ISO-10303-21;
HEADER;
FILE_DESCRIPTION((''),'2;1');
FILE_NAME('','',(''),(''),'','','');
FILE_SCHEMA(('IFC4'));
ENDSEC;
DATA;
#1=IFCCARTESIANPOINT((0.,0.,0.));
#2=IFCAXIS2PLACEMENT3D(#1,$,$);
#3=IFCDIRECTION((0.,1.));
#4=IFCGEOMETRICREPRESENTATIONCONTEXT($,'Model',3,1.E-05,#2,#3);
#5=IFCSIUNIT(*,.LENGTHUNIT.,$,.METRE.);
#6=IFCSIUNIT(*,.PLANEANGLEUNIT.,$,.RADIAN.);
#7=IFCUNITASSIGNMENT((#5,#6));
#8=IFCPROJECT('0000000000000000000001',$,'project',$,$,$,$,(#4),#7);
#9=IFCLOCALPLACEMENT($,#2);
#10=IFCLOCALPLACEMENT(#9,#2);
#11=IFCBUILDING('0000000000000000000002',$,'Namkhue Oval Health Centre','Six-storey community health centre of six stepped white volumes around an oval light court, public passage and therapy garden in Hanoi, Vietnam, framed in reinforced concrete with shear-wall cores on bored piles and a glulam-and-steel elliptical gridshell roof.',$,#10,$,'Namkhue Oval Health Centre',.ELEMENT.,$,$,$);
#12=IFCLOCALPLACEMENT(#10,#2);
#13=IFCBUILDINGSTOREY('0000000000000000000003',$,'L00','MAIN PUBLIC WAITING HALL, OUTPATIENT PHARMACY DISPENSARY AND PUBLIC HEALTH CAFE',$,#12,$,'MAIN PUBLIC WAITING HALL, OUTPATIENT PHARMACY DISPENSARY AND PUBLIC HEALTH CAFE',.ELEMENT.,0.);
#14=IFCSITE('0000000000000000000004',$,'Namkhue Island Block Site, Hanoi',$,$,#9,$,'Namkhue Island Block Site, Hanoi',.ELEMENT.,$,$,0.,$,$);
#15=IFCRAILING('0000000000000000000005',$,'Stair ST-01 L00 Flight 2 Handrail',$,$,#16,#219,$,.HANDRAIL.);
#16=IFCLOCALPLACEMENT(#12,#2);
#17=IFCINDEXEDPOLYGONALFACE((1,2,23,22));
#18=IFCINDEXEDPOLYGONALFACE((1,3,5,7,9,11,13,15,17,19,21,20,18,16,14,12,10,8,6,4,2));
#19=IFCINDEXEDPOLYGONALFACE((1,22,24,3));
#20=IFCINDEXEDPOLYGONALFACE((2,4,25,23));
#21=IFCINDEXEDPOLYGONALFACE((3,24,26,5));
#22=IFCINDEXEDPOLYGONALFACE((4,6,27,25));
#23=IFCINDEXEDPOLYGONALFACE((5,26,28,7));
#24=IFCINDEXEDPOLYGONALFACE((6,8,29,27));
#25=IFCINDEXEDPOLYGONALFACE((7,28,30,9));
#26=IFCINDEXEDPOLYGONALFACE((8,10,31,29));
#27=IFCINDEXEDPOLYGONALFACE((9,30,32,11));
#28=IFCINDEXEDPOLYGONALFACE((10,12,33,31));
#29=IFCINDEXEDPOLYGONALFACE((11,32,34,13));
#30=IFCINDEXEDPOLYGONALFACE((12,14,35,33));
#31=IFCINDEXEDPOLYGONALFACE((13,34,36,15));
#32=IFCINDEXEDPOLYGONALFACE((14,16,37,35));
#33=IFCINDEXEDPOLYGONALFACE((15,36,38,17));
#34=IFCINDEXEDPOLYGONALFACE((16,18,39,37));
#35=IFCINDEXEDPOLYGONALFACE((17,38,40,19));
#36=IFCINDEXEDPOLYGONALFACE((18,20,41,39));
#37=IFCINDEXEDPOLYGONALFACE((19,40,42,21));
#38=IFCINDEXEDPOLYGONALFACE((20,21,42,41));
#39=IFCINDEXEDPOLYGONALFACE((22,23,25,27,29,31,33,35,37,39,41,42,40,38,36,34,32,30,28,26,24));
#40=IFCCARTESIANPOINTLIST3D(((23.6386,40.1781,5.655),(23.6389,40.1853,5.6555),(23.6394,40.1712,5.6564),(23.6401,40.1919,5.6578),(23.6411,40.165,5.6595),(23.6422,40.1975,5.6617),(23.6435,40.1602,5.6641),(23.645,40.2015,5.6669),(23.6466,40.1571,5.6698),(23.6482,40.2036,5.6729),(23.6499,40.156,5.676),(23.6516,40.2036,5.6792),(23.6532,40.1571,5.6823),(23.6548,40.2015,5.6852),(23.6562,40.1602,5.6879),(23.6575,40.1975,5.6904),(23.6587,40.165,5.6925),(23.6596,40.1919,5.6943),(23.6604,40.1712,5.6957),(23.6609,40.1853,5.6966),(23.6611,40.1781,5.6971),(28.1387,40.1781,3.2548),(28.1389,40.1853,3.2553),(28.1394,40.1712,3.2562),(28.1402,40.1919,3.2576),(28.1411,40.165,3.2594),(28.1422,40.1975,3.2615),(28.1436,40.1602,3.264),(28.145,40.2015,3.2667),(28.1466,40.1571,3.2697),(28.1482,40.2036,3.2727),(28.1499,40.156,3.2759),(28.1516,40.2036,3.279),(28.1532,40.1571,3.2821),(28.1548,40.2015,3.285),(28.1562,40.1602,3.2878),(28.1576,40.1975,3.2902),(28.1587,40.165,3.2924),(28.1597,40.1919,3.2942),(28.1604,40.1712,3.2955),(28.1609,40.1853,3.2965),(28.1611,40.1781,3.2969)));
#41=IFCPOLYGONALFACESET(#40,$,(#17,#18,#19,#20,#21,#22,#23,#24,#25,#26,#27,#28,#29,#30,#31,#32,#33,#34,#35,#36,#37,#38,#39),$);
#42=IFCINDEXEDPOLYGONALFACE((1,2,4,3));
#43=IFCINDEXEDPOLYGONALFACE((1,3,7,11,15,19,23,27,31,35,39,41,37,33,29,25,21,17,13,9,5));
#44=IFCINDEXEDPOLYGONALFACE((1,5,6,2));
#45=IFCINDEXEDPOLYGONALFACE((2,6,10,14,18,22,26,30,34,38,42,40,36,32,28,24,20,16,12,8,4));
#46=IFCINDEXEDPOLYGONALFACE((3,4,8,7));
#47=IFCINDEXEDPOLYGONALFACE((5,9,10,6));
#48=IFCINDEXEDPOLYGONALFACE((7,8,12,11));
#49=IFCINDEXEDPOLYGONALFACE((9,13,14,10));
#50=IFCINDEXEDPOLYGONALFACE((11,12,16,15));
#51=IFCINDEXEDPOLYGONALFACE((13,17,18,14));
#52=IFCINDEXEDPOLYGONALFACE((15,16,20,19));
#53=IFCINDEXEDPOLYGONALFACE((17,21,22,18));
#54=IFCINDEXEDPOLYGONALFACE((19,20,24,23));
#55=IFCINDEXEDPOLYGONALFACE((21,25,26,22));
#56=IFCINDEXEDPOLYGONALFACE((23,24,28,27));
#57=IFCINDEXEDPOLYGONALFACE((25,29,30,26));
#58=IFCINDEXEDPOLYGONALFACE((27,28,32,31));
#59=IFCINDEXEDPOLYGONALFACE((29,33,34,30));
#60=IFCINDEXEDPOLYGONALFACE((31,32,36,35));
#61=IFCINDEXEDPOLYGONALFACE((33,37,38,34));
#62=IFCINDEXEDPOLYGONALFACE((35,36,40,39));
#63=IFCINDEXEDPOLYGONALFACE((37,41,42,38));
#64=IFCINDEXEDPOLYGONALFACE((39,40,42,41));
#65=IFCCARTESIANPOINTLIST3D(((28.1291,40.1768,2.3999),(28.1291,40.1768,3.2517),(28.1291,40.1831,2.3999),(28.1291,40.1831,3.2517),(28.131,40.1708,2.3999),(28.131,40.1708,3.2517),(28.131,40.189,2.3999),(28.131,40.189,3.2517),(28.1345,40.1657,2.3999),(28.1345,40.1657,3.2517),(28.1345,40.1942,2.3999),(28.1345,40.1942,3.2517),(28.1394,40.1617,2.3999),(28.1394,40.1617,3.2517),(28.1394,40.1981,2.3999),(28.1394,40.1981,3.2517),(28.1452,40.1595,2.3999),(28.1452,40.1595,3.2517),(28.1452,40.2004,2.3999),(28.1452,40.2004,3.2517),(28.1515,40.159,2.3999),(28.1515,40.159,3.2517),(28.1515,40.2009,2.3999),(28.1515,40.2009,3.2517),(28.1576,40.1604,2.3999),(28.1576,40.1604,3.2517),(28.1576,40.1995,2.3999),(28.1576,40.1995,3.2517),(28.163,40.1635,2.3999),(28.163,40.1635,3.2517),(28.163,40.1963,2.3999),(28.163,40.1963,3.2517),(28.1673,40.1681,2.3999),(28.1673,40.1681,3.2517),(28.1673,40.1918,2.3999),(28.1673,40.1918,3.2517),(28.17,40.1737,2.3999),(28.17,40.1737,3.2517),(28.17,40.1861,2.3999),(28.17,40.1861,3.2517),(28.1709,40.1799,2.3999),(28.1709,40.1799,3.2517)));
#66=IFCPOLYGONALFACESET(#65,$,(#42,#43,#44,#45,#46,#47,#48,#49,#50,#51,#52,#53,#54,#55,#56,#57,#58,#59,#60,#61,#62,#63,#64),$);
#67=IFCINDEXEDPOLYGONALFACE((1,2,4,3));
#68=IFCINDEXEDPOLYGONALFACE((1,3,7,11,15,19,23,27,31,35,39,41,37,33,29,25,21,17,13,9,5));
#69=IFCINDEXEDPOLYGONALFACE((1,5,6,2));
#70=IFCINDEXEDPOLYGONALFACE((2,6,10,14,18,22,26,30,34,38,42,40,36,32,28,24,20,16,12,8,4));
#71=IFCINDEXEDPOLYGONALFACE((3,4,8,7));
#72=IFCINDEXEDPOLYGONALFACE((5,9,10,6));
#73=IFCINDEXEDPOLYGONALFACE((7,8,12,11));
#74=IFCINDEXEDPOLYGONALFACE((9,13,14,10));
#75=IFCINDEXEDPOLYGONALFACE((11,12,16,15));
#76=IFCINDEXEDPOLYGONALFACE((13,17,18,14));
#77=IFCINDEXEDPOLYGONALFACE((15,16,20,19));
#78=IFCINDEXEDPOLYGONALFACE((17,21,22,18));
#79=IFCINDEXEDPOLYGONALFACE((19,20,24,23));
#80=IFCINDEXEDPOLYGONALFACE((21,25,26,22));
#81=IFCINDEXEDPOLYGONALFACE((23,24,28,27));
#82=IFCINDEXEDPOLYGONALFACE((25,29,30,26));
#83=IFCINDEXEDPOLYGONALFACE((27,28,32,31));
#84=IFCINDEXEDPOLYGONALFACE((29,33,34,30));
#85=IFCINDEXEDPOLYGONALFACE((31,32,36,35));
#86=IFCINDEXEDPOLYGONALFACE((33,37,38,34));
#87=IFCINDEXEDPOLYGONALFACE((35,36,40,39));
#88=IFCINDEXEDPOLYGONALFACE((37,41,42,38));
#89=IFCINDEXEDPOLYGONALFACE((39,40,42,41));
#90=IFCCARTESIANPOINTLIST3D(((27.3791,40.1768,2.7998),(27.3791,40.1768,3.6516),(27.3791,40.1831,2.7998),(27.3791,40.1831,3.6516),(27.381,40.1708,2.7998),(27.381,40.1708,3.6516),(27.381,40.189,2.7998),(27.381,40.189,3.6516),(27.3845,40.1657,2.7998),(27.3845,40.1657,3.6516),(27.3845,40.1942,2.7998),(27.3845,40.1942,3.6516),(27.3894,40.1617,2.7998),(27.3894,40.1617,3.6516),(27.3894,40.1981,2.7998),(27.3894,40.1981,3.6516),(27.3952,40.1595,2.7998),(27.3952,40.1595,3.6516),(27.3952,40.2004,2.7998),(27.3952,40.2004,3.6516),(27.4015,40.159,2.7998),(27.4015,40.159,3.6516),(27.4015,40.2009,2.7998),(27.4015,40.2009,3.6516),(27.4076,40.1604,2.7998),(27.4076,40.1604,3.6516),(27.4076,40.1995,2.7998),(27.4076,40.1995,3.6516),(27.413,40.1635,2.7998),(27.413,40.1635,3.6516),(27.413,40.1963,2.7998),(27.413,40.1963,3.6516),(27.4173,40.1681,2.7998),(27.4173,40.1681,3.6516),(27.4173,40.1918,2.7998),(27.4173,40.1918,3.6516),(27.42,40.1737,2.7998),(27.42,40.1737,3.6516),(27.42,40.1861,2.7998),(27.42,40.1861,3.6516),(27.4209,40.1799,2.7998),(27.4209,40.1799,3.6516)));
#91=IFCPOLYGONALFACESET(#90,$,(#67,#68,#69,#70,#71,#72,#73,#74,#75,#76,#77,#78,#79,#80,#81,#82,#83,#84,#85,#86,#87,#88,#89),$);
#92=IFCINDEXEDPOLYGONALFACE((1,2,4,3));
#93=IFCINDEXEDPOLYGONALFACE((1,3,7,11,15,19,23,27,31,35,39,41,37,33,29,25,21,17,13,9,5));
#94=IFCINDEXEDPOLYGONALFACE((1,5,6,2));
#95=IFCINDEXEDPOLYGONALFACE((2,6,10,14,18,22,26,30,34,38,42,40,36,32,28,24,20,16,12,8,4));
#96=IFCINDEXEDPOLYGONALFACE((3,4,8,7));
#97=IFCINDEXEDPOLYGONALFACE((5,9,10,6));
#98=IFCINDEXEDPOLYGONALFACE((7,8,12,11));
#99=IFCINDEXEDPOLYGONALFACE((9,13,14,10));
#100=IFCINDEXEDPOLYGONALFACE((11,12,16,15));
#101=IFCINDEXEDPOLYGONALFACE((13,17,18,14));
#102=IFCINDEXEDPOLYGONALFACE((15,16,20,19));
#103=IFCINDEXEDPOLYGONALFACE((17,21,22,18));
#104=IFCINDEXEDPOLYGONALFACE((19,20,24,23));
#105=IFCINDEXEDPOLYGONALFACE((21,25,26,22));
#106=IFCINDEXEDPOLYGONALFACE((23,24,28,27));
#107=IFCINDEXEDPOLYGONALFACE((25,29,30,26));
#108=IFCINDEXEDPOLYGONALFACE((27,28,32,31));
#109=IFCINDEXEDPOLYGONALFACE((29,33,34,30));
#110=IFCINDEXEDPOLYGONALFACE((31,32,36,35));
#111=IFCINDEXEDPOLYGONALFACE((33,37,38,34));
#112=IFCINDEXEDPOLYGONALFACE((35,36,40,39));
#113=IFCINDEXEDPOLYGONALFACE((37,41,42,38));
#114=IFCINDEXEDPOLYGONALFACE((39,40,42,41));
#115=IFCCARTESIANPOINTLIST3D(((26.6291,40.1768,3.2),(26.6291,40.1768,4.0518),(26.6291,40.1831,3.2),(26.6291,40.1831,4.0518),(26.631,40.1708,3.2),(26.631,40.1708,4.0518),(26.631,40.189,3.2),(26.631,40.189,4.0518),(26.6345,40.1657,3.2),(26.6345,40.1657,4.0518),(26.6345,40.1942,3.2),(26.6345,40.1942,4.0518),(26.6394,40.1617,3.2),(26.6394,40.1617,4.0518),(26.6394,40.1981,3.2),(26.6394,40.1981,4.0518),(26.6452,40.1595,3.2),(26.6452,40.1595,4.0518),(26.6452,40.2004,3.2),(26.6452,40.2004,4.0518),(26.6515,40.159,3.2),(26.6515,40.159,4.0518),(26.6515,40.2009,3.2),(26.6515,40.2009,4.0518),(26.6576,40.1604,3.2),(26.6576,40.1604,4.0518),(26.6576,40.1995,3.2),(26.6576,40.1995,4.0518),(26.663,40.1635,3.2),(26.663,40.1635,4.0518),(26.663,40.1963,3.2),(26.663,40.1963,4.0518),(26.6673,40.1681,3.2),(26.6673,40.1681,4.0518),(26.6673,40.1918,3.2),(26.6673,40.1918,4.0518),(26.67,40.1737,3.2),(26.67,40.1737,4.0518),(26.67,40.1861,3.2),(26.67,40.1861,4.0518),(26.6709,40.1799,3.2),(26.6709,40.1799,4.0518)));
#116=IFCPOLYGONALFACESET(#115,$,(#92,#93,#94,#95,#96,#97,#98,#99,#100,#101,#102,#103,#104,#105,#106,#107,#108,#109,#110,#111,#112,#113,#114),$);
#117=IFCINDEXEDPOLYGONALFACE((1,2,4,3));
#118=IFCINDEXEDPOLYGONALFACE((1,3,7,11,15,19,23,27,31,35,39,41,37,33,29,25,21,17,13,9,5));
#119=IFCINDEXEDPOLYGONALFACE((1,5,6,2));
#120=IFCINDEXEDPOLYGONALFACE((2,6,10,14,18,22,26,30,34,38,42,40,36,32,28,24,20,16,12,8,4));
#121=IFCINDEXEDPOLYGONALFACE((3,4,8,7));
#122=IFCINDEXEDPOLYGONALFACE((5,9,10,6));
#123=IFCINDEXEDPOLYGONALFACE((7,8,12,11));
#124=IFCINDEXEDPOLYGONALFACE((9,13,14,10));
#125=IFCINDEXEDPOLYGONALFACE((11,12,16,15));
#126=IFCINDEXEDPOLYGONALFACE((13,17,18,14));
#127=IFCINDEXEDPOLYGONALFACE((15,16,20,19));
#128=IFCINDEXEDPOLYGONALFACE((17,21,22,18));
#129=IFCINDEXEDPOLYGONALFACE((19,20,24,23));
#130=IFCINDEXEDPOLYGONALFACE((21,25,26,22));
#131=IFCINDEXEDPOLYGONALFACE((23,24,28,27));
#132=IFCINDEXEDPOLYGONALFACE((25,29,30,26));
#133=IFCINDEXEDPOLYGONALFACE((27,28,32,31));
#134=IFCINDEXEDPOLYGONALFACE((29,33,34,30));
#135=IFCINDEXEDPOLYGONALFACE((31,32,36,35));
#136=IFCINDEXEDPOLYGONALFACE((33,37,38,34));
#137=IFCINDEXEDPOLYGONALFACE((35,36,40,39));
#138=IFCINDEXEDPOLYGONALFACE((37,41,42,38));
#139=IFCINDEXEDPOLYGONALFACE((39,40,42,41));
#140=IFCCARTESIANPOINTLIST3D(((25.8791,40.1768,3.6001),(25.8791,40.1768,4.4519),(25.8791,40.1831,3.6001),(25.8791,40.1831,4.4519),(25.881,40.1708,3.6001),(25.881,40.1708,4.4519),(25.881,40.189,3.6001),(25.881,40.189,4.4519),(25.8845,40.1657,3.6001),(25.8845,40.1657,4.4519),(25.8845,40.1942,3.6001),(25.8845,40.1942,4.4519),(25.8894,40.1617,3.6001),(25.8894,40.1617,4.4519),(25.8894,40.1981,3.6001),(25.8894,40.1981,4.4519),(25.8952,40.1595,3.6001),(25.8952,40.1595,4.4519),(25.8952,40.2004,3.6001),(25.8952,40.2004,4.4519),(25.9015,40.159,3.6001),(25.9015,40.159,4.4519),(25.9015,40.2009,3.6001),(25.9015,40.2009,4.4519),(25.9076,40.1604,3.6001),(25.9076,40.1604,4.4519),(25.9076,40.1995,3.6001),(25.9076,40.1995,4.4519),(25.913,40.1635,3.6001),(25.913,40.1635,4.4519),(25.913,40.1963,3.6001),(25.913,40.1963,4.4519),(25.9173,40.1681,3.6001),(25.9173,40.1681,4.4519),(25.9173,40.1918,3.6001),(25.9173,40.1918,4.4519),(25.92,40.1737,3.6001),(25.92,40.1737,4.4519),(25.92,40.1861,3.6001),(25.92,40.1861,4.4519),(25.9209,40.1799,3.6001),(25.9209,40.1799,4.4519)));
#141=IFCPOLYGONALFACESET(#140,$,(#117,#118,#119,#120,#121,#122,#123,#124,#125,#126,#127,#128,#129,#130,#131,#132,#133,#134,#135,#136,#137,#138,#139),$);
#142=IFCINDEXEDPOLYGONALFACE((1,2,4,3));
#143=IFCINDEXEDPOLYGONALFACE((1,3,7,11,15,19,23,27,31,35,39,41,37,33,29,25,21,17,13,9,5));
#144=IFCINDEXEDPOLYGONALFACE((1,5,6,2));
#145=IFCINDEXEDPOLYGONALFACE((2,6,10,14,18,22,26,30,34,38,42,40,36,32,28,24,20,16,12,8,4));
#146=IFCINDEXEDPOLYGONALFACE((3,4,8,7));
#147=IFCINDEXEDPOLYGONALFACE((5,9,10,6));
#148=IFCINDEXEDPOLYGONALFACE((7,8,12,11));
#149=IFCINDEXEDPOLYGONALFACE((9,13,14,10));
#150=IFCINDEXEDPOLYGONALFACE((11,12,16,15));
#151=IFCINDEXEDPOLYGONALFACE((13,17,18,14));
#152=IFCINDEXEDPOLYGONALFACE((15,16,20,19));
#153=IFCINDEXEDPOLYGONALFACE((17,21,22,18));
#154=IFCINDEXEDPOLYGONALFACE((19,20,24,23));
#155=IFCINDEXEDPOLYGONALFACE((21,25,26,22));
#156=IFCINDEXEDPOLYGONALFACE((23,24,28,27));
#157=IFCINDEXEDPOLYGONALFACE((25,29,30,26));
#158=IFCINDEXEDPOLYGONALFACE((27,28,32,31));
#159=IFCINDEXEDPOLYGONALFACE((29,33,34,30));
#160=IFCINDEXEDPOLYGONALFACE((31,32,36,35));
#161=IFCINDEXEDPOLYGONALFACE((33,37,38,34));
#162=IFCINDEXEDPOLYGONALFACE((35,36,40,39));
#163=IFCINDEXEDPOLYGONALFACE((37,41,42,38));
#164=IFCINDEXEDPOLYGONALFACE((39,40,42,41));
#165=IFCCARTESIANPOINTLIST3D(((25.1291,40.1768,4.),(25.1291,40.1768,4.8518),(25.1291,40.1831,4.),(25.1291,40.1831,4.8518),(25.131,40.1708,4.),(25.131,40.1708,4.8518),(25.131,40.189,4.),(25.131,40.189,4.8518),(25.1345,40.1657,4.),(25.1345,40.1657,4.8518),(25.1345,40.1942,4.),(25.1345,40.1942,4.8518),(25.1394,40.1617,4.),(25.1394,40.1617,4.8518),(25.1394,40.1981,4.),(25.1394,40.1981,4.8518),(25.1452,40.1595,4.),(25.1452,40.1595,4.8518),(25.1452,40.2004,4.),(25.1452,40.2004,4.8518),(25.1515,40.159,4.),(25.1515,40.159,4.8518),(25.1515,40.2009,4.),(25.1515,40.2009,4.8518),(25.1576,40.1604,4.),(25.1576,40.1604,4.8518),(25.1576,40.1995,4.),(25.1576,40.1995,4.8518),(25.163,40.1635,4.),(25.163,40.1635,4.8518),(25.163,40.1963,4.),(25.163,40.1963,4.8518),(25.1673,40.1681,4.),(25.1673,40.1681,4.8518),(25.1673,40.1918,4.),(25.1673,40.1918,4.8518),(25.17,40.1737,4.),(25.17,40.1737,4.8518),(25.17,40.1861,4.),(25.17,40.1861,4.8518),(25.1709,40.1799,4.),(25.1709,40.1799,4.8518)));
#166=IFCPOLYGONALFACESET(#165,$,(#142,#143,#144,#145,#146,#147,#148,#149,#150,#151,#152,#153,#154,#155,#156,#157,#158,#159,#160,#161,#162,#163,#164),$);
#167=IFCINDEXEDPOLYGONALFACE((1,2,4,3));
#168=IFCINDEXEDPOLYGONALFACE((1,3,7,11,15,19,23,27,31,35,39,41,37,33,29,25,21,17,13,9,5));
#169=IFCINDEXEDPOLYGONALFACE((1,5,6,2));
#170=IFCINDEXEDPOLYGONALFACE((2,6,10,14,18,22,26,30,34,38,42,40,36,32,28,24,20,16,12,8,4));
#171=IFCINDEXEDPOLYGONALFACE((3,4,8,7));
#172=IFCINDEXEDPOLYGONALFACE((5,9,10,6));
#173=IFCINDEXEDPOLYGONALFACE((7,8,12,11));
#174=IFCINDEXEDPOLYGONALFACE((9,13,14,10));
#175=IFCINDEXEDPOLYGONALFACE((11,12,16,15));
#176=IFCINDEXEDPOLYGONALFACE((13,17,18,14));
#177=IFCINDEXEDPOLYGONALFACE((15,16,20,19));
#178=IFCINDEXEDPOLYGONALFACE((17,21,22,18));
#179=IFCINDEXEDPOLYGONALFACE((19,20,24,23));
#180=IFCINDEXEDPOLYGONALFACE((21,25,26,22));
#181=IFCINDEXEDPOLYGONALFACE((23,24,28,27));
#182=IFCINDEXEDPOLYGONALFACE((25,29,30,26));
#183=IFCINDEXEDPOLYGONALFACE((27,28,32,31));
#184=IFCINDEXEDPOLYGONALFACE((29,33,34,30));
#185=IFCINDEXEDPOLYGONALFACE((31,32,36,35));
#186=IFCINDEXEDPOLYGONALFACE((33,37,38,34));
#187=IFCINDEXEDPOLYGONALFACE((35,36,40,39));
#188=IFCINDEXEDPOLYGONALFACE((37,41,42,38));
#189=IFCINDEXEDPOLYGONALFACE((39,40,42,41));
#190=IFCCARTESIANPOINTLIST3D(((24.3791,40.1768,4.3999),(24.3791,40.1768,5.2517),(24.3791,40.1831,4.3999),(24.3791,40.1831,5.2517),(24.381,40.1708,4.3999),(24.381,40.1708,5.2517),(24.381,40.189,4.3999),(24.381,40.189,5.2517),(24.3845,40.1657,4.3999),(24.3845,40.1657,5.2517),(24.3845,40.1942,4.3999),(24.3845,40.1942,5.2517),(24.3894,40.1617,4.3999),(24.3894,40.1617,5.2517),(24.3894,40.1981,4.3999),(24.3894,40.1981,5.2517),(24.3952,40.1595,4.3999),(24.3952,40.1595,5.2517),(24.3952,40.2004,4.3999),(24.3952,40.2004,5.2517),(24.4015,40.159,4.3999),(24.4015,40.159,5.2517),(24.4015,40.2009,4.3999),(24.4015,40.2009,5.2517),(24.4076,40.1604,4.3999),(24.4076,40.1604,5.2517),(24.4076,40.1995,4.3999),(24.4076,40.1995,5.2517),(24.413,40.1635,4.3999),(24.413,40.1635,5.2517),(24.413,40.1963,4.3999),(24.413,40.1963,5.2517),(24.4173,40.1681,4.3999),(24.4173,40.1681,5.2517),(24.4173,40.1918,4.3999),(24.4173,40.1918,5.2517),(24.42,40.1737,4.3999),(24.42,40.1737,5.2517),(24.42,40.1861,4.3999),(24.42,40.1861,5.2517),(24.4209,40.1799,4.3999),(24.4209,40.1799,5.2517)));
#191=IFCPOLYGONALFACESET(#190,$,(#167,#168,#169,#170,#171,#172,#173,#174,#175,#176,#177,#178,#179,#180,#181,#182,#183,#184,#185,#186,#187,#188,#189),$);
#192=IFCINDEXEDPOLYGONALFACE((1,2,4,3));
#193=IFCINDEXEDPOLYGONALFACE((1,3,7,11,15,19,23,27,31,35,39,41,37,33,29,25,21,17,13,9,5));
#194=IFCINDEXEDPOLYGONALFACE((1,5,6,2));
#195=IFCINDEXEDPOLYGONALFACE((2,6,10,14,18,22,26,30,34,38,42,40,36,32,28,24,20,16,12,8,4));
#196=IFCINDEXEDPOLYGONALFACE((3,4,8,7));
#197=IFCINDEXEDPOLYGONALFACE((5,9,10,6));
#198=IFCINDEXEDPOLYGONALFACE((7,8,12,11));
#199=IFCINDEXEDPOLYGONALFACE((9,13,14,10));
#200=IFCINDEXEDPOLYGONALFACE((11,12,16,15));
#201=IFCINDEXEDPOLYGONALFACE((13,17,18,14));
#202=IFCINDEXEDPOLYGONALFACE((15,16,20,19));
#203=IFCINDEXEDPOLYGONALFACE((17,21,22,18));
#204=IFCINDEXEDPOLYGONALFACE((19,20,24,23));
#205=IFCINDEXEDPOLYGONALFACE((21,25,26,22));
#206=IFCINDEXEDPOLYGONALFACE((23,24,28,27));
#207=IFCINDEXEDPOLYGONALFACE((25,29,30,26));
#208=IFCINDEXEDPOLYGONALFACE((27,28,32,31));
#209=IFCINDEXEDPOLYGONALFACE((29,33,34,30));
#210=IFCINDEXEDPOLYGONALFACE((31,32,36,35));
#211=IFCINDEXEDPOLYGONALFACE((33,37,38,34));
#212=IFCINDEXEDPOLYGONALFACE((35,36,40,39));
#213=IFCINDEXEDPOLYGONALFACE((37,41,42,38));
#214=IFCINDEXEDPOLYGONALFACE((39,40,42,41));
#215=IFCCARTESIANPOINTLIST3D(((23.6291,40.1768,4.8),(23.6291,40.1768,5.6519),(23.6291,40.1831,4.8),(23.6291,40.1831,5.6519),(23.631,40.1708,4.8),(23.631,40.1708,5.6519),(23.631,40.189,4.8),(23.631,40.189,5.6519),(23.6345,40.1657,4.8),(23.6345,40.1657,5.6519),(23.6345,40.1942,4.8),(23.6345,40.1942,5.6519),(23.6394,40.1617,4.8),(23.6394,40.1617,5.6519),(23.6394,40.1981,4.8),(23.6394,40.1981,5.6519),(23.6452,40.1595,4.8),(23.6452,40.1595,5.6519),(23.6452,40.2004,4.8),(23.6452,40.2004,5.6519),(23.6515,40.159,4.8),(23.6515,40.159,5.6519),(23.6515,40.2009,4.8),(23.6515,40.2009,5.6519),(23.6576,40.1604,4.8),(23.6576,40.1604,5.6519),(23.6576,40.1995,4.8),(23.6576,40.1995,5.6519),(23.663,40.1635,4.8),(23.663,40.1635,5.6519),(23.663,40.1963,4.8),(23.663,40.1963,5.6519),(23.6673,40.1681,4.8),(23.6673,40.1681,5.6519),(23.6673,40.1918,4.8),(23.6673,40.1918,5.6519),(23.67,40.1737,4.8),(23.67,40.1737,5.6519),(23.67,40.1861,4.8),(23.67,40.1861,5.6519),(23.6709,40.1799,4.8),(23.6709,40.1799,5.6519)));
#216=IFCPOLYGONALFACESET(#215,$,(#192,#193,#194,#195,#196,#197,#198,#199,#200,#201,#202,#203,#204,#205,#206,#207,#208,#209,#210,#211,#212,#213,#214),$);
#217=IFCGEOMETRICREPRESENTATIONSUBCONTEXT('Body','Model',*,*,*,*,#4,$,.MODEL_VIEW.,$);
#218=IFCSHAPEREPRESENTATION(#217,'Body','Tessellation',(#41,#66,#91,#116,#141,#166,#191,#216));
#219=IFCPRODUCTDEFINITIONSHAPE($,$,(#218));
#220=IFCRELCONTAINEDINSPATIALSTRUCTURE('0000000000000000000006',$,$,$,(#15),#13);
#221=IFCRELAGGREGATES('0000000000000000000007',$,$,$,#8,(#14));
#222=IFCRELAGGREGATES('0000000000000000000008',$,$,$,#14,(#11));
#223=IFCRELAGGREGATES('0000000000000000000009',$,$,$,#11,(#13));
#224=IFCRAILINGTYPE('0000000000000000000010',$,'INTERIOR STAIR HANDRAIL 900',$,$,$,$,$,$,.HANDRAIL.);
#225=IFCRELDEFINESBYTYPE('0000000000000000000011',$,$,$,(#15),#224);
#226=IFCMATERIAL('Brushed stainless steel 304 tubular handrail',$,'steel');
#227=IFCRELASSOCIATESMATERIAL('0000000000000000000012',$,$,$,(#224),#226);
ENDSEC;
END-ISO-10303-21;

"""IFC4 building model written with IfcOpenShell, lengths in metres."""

from ifc_helpers import new_model, si_unit, direction, frame, origin, origin_2d, place, context, subcontext, project, spatial, circle, extrude, material, type_object, element, save


model = new_model("IFC4")

# Units and contexts
model_context = context("Model", 3, precision=1e-05, world=origin(), true_north=direction((0.0, 1.0)))
body_context = subcontext(model_context, "Body", "Model", "MODEL_VIEW")
ifc_project = project(units=[si_unit("LENGTHUNIT", "METRE"), si_unit("PLANEANGLEUNIT", "RADIAN")], contexts=[model_context])

# Site, building, storey
site_placement = place(None, origin())
site = spatial("IfcSite", under=ifc_project, at=site_placement, Name="Namkhue Island Block Site, Hanoi", LongName="Namkhue Island Block Site, Hanoi", CompositionType="ELEMENT", RefElevation=0.0)
building_placement = place(site_placement, origin())
building = spatial("IfcBuilding", under=site, at=building_placement, Name="Namkhue Oval Health Centre", Description="Six-storey community health centre of six stepped white volumes around an oval light court, public passage and therapy garden in Hanoi, Vietnam, framed in reinforced concrete with shear-wall cores on bored piles and a glulam-and-steel elliptical gridshell roof.", LongName="Namkhue Oval Health Centre", CompositionType="ELEMENT")
storey_placement = place(building_placement, origin())
storey = spatial("IfcBuildingStorey", under=building, at=storey_placement, Name="L00", Description="MAIN PUBLIC WAITING HALL, OUTPATIENT PHARMACY DISPENSARY AND PUBLIC HEALTH CAFE", LongName="MAIN PUBLIC WAITING HALL, OUTPATIENT PHARMACY DISPENSARY AND PUBLIC HEALTH CAFE", CompositionType="ELEMENT", Elevation=0.0)

# Railing
ifc_material_1 = material(Name="Brushed stainless steel 304 tubular handrail", Category="steel")
railing_type = type_object("IfcRailingType", Name="INTERIOR STAIR HANDRAIL 900", PredefinedType="HANDRAIL", material=ifc_material_1)
railing_placement = place(storey_placement, frame((28.1499, 40.1799, 2.3999)))
element("IfcRailing", 1, at=railing_placement, inside=storey, type_object=railing_type, Name="Stair ST-01 L00 Flight 2 Handrail", PredefinedType="HANDRAIL", context=body_context, shape_type="SweptSolid", body=[
    extrude(circle(Radius=0.0239, at=origin_2d()), frame((0.0, 0.0, 0.876), z_axis=(-0.882341, 0.0, 0.470611), x_axis=(0.0, -1.0, 0.0)), (0.0, 0.0, 1.0), 5.1001),
    extrude(circle(Radius=0.021, at=origin_2d()), origin(), (0.0, 0.0, 1.0), 0.8518),
    extrude(circle(Radius=0.021, at=origin_2d()), frame((-0.75, 0.0, 0.3999)), (0.0, 0.0, 1.0), 0.8518),
    extrude(circle(Radius=0.021, at=origin_2d()), frame((-1.5, 0.0, 0.8)), (0.0, 0.0, 1.0), 0.8518),
    extrude(circle(Radius=0.021, at=origin_2d()), frame((-2.25, 0.0, 1.2002)), (0.0, 0.0, 1.0), 0.8518),
    extrude(circle(Radius=0.021, at=origin_2d()), frame((-3.0, 0.0, 1.6001)), (0.0, 0.0, 1.0), 0.8518),
    extrude(circle(Radius=0.021, at=origin_2d()), frame((-3.75, 0.0, 2.0)), (0.0, 0.0, 1.0), 0.8518),
    extrude(circle(Radius=0.021, at=origin_2d()), frame((-4.5, 0.0, 2.4001)), (0.0, 0.0, 1.0), 0.8518),
])

save(model, "model.ifc")
